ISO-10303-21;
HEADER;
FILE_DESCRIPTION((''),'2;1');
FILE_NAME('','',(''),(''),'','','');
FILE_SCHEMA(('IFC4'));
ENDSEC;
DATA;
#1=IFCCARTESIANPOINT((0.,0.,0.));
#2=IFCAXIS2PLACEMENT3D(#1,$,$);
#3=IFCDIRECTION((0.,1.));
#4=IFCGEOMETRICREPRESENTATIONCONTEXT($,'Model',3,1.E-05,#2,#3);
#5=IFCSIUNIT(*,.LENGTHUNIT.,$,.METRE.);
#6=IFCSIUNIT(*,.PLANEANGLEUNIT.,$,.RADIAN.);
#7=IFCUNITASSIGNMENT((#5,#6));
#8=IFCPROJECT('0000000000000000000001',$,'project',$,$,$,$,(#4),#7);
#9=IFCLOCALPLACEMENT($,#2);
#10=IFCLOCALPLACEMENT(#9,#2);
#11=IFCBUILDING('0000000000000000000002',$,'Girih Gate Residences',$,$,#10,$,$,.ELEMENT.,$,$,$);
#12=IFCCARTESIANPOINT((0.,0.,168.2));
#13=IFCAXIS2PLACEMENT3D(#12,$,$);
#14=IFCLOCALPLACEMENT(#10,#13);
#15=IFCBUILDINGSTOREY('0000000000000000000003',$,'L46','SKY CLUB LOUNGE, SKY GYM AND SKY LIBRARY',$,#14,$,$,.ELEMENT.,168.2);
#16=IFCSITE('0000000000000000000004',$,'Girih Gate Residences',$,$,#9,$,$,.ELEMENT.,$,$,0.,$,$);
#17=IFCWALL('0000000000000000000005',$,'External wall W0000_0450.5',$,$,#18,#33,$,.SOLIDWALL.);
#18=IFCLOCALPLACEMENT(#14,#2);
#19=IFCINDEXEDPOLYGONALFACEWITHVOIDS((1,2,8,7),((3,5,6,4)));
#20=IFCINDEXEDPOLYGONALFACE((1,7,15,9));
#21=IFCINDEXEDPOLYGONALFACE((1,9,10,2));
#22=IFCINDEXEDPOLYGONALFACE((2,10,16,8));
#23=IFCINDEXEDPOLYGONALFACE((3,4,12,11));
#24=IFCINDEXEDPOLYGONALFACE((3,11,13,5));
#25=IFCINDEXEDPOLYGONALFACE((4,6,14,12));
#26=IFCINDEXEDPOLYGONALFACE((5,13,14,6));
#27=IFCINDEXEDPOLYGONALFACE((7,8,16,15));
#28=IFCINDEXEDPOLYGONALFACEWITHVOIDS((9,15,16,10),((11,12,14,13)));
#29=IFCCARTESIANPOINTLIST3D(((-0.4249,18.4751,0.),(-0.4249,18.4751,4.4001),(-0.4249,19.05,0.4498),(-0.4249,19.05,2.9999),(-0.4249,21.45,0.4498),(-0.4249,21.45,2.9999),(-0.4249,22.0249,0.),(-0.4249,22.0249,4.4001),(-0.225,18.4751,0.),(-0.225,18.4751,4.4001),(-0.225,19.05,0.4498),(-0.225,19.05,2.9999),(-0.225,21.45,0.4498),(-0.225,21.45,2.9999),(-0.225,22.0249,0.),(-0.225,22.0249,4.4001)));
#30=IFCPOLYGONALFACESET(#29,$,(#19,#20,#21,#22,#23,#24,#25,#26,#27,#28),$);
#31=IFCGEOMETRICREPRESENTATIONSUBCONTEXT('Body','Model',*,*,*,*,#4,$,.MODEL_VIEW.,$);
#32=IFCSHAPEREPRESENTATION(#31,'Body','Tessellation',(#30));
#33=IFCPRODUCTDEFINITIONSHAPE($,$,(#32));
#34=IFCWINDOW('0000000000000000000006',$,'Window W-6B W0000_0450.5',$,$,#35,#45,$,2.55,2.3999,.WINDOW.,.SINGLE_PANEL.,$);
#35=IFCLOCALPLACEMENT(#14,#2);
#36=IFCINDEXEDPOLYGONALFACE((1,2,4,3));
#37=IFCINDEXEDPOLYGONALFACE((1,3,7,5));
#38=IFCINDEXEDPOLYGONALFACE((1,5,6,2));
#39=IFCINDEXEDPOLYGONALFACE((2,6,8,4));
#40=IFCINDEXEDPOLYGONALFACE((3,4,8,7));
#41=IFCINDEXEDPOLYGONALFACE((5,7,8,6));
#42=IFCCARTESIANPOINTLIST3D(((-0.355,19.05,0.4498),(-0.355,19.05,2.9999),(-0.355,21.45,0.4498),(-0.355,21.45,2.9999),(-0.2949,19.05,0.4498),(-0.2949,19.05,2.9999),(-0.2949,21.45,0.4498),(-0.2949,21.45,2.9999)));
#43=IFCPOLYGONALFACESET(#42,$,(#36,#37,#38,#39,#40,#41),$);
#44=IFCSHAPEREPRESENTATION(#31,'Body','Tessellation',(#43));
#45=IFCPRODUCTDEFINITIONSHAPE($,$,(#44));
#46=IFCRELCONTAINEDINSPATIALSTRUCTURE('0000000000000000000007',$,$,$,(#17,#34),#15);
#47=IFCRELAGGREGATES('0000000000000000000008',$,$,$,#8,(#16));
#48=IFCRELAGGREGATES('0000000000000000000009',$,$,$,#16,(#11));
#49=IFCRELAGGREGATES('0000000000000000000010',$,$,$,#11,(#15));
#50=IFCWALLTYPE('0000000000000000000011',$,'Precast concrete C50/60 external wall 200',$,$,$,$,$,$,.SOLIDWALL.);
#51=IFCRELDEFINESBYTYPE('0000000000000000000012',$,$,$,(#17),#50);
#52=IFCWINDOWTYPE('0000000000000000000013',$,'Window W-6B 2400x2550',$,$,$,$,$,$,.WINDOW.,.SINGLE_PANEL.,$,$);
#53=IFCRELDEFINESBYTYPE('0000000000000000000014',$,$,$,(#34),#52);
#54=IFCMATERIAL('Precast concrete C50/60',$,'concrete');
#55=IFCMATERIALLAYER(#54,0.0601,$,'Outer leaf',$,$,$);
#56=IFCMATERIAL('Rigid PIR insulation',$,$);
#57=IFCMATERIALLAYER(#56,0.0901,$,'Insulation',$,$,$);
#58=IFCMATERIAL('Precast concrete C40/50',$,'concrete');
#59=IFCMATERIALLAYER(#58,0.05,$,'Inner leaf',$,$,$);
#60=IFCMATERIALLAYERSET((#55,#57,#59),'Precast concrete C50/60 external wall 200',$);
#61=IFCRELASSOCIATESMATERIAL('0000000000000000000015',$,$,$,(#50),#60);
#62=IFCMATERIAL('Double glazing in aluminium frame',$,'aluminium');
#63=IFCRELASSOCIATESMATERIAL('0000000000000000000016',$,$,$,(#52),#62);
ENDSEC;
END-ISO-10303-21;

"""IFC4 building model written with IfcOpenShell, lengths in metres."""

from ifc_helpers import new_model, si_unit, direction, frame, frame_2d, origin, place, context, subcontext, project, spatial, rectangle, extrude, material, layer, layer_set, type_object, element, fill, save


model = new_model("IFC4")

# Units and contexts
model_context = context("Model", 3, precision=1e-05, world=origin(), true_north=direction((0.0, 1.0)))
body_context = subcontext(model_context, "Body", "Model", "MODEL_VIEW")
ifc_project = project(units=[si_unit("LENGTHUNIT", "METRE"), si_unit("PLANEANGLEUNIT", "RADIAN")], contexts=[model_context])

# Site, building, storey
site_placement = place(None, origin())
site = spatial("IfcSite", under=ifc_project, at=site_placement, Name="Girih Gate Residences", CompositionType="ELEMENT", RefElevation=0.0)
building_placement = place(site_placement, origin())
building = spatial("IfcBuilding", under=site, at=building_placement, Name="Girih Gate Residences", CompositionType="ELEMENT")
storey_placement = place(building_placement, frame((0.0, 0.0, 168.2)))
storey = spatial("IfcBuildingStorey", under=building, at=storey_placement, Name="L46", Description="SKY CLUB LOUNGE, SKY GYM AND SKY LIBRARY", CompositionType="ELEMENT", Elevation=168.2)

# Wall, opening, window
ifc_material_1 = material(Name="Precast concrete C50/60", Category="concrete")
ifc_layer_1 = layer(ifc_material_1, 0.0601, Name="Outer leaf")
ifc_material_2 = material(Name="Rigid PIR insulation")
ifc_layer_2 = layer(ifc_material_2, 0.0901, Name="Insulation")
ifc_material_3 = material(Name="Precast concrete C40/50", Category="concrete")
ifc_layer_3 = layer(ifc_material_3, 0.05, Name="Inner leaf")
ifc_layer_set_1 = layer_set([ifc_layer_1, ifc_layer_2, ifc_layer_3], Name="Precast concrete C50/60 external wall 200")
wall_type_1 = type_object("IfcWallType", Name="Precast concrete C50/60 external wall 200", PredefinedType="SOLIDWALL", material=ifc_layer_set_1)
ifc_material_4 = material(Name="Double glazing in aluminium frame", Category="aluminium")
window_type = type_object("IfcWindowType", Name="Window W-6B 2400x2550", PartitioningType="SINGLE_PANEL", PredefinedType="WINDOW", material=ifc_material_4)
wall_1_placement = place(storey_placement, frame((-0.325, 18.4751, 0.0), z_axis=(0.0, 0.0, 1.0), x_axis=(0.0, 1.0, 0.0)))
wall_1 = element("IfcWall", 1, at=wall_1_placement, inside=storey, type_object=wall_type_1, Name="External wall W0000_0450.5", PredefinedType="SOLIDWALL", context=body_context, shape_type="SweptSolid", body=[
    extrude(rectangle(XDim=3.5498, YDim=0.2, at=frame_2d((1.7749, 0.0))), origin(), (0.0, 0.0, 1.0), 4.4001),
])
opening_1_placement = place(wall_1_placement, frame((0.575, 0.0, 0.45)))
opening_1 = element("IfcOpeningElement", 2, at=opening_1_placement, cuts=wall_1, PredefinedType="OPENING", context=body_context, shape_type="SweptSolid", body=[
    extrude(rectangle(XDim=2.3999, YDim=2.55, at=frame_2d((1.2, 1.2749))), frame((0.0, 0.1099, 0.0), z_axis=(0.0, -1.0, 0.0), x_axis=(1.0, 0.0, 0.0)), (0.0, 0.0, 1.0), 0.22),
])
window_1_placement = place(opening_1_placement, origin())
window_1 = element("IfcWindow", 3, at=window_1_placement, inside=storey, type_object=window_type, Name="Window W-6B W0000_0450.5", OverallHeight=2.55, OverallWidth=2.3999, PartitioningType="SINGLE_PANEL", PredefinedType="WINDOW", context=body_context, shape_type="SweptSolid", body=[
    extrude(rectangle(XDim=2.3999, YDim=2.55, at=frame_2d((1.2, 1.2749))), frame((0.0, 0.03, 0.0), z_axis=(0.0, -1.0, 0.0), x_axis=(1.0, 0.0, 0.0)), (0.0, 0.0, 1.0), 0.0601),
])
fill(opening_1, window_1)

save(model, "model.ifc")
